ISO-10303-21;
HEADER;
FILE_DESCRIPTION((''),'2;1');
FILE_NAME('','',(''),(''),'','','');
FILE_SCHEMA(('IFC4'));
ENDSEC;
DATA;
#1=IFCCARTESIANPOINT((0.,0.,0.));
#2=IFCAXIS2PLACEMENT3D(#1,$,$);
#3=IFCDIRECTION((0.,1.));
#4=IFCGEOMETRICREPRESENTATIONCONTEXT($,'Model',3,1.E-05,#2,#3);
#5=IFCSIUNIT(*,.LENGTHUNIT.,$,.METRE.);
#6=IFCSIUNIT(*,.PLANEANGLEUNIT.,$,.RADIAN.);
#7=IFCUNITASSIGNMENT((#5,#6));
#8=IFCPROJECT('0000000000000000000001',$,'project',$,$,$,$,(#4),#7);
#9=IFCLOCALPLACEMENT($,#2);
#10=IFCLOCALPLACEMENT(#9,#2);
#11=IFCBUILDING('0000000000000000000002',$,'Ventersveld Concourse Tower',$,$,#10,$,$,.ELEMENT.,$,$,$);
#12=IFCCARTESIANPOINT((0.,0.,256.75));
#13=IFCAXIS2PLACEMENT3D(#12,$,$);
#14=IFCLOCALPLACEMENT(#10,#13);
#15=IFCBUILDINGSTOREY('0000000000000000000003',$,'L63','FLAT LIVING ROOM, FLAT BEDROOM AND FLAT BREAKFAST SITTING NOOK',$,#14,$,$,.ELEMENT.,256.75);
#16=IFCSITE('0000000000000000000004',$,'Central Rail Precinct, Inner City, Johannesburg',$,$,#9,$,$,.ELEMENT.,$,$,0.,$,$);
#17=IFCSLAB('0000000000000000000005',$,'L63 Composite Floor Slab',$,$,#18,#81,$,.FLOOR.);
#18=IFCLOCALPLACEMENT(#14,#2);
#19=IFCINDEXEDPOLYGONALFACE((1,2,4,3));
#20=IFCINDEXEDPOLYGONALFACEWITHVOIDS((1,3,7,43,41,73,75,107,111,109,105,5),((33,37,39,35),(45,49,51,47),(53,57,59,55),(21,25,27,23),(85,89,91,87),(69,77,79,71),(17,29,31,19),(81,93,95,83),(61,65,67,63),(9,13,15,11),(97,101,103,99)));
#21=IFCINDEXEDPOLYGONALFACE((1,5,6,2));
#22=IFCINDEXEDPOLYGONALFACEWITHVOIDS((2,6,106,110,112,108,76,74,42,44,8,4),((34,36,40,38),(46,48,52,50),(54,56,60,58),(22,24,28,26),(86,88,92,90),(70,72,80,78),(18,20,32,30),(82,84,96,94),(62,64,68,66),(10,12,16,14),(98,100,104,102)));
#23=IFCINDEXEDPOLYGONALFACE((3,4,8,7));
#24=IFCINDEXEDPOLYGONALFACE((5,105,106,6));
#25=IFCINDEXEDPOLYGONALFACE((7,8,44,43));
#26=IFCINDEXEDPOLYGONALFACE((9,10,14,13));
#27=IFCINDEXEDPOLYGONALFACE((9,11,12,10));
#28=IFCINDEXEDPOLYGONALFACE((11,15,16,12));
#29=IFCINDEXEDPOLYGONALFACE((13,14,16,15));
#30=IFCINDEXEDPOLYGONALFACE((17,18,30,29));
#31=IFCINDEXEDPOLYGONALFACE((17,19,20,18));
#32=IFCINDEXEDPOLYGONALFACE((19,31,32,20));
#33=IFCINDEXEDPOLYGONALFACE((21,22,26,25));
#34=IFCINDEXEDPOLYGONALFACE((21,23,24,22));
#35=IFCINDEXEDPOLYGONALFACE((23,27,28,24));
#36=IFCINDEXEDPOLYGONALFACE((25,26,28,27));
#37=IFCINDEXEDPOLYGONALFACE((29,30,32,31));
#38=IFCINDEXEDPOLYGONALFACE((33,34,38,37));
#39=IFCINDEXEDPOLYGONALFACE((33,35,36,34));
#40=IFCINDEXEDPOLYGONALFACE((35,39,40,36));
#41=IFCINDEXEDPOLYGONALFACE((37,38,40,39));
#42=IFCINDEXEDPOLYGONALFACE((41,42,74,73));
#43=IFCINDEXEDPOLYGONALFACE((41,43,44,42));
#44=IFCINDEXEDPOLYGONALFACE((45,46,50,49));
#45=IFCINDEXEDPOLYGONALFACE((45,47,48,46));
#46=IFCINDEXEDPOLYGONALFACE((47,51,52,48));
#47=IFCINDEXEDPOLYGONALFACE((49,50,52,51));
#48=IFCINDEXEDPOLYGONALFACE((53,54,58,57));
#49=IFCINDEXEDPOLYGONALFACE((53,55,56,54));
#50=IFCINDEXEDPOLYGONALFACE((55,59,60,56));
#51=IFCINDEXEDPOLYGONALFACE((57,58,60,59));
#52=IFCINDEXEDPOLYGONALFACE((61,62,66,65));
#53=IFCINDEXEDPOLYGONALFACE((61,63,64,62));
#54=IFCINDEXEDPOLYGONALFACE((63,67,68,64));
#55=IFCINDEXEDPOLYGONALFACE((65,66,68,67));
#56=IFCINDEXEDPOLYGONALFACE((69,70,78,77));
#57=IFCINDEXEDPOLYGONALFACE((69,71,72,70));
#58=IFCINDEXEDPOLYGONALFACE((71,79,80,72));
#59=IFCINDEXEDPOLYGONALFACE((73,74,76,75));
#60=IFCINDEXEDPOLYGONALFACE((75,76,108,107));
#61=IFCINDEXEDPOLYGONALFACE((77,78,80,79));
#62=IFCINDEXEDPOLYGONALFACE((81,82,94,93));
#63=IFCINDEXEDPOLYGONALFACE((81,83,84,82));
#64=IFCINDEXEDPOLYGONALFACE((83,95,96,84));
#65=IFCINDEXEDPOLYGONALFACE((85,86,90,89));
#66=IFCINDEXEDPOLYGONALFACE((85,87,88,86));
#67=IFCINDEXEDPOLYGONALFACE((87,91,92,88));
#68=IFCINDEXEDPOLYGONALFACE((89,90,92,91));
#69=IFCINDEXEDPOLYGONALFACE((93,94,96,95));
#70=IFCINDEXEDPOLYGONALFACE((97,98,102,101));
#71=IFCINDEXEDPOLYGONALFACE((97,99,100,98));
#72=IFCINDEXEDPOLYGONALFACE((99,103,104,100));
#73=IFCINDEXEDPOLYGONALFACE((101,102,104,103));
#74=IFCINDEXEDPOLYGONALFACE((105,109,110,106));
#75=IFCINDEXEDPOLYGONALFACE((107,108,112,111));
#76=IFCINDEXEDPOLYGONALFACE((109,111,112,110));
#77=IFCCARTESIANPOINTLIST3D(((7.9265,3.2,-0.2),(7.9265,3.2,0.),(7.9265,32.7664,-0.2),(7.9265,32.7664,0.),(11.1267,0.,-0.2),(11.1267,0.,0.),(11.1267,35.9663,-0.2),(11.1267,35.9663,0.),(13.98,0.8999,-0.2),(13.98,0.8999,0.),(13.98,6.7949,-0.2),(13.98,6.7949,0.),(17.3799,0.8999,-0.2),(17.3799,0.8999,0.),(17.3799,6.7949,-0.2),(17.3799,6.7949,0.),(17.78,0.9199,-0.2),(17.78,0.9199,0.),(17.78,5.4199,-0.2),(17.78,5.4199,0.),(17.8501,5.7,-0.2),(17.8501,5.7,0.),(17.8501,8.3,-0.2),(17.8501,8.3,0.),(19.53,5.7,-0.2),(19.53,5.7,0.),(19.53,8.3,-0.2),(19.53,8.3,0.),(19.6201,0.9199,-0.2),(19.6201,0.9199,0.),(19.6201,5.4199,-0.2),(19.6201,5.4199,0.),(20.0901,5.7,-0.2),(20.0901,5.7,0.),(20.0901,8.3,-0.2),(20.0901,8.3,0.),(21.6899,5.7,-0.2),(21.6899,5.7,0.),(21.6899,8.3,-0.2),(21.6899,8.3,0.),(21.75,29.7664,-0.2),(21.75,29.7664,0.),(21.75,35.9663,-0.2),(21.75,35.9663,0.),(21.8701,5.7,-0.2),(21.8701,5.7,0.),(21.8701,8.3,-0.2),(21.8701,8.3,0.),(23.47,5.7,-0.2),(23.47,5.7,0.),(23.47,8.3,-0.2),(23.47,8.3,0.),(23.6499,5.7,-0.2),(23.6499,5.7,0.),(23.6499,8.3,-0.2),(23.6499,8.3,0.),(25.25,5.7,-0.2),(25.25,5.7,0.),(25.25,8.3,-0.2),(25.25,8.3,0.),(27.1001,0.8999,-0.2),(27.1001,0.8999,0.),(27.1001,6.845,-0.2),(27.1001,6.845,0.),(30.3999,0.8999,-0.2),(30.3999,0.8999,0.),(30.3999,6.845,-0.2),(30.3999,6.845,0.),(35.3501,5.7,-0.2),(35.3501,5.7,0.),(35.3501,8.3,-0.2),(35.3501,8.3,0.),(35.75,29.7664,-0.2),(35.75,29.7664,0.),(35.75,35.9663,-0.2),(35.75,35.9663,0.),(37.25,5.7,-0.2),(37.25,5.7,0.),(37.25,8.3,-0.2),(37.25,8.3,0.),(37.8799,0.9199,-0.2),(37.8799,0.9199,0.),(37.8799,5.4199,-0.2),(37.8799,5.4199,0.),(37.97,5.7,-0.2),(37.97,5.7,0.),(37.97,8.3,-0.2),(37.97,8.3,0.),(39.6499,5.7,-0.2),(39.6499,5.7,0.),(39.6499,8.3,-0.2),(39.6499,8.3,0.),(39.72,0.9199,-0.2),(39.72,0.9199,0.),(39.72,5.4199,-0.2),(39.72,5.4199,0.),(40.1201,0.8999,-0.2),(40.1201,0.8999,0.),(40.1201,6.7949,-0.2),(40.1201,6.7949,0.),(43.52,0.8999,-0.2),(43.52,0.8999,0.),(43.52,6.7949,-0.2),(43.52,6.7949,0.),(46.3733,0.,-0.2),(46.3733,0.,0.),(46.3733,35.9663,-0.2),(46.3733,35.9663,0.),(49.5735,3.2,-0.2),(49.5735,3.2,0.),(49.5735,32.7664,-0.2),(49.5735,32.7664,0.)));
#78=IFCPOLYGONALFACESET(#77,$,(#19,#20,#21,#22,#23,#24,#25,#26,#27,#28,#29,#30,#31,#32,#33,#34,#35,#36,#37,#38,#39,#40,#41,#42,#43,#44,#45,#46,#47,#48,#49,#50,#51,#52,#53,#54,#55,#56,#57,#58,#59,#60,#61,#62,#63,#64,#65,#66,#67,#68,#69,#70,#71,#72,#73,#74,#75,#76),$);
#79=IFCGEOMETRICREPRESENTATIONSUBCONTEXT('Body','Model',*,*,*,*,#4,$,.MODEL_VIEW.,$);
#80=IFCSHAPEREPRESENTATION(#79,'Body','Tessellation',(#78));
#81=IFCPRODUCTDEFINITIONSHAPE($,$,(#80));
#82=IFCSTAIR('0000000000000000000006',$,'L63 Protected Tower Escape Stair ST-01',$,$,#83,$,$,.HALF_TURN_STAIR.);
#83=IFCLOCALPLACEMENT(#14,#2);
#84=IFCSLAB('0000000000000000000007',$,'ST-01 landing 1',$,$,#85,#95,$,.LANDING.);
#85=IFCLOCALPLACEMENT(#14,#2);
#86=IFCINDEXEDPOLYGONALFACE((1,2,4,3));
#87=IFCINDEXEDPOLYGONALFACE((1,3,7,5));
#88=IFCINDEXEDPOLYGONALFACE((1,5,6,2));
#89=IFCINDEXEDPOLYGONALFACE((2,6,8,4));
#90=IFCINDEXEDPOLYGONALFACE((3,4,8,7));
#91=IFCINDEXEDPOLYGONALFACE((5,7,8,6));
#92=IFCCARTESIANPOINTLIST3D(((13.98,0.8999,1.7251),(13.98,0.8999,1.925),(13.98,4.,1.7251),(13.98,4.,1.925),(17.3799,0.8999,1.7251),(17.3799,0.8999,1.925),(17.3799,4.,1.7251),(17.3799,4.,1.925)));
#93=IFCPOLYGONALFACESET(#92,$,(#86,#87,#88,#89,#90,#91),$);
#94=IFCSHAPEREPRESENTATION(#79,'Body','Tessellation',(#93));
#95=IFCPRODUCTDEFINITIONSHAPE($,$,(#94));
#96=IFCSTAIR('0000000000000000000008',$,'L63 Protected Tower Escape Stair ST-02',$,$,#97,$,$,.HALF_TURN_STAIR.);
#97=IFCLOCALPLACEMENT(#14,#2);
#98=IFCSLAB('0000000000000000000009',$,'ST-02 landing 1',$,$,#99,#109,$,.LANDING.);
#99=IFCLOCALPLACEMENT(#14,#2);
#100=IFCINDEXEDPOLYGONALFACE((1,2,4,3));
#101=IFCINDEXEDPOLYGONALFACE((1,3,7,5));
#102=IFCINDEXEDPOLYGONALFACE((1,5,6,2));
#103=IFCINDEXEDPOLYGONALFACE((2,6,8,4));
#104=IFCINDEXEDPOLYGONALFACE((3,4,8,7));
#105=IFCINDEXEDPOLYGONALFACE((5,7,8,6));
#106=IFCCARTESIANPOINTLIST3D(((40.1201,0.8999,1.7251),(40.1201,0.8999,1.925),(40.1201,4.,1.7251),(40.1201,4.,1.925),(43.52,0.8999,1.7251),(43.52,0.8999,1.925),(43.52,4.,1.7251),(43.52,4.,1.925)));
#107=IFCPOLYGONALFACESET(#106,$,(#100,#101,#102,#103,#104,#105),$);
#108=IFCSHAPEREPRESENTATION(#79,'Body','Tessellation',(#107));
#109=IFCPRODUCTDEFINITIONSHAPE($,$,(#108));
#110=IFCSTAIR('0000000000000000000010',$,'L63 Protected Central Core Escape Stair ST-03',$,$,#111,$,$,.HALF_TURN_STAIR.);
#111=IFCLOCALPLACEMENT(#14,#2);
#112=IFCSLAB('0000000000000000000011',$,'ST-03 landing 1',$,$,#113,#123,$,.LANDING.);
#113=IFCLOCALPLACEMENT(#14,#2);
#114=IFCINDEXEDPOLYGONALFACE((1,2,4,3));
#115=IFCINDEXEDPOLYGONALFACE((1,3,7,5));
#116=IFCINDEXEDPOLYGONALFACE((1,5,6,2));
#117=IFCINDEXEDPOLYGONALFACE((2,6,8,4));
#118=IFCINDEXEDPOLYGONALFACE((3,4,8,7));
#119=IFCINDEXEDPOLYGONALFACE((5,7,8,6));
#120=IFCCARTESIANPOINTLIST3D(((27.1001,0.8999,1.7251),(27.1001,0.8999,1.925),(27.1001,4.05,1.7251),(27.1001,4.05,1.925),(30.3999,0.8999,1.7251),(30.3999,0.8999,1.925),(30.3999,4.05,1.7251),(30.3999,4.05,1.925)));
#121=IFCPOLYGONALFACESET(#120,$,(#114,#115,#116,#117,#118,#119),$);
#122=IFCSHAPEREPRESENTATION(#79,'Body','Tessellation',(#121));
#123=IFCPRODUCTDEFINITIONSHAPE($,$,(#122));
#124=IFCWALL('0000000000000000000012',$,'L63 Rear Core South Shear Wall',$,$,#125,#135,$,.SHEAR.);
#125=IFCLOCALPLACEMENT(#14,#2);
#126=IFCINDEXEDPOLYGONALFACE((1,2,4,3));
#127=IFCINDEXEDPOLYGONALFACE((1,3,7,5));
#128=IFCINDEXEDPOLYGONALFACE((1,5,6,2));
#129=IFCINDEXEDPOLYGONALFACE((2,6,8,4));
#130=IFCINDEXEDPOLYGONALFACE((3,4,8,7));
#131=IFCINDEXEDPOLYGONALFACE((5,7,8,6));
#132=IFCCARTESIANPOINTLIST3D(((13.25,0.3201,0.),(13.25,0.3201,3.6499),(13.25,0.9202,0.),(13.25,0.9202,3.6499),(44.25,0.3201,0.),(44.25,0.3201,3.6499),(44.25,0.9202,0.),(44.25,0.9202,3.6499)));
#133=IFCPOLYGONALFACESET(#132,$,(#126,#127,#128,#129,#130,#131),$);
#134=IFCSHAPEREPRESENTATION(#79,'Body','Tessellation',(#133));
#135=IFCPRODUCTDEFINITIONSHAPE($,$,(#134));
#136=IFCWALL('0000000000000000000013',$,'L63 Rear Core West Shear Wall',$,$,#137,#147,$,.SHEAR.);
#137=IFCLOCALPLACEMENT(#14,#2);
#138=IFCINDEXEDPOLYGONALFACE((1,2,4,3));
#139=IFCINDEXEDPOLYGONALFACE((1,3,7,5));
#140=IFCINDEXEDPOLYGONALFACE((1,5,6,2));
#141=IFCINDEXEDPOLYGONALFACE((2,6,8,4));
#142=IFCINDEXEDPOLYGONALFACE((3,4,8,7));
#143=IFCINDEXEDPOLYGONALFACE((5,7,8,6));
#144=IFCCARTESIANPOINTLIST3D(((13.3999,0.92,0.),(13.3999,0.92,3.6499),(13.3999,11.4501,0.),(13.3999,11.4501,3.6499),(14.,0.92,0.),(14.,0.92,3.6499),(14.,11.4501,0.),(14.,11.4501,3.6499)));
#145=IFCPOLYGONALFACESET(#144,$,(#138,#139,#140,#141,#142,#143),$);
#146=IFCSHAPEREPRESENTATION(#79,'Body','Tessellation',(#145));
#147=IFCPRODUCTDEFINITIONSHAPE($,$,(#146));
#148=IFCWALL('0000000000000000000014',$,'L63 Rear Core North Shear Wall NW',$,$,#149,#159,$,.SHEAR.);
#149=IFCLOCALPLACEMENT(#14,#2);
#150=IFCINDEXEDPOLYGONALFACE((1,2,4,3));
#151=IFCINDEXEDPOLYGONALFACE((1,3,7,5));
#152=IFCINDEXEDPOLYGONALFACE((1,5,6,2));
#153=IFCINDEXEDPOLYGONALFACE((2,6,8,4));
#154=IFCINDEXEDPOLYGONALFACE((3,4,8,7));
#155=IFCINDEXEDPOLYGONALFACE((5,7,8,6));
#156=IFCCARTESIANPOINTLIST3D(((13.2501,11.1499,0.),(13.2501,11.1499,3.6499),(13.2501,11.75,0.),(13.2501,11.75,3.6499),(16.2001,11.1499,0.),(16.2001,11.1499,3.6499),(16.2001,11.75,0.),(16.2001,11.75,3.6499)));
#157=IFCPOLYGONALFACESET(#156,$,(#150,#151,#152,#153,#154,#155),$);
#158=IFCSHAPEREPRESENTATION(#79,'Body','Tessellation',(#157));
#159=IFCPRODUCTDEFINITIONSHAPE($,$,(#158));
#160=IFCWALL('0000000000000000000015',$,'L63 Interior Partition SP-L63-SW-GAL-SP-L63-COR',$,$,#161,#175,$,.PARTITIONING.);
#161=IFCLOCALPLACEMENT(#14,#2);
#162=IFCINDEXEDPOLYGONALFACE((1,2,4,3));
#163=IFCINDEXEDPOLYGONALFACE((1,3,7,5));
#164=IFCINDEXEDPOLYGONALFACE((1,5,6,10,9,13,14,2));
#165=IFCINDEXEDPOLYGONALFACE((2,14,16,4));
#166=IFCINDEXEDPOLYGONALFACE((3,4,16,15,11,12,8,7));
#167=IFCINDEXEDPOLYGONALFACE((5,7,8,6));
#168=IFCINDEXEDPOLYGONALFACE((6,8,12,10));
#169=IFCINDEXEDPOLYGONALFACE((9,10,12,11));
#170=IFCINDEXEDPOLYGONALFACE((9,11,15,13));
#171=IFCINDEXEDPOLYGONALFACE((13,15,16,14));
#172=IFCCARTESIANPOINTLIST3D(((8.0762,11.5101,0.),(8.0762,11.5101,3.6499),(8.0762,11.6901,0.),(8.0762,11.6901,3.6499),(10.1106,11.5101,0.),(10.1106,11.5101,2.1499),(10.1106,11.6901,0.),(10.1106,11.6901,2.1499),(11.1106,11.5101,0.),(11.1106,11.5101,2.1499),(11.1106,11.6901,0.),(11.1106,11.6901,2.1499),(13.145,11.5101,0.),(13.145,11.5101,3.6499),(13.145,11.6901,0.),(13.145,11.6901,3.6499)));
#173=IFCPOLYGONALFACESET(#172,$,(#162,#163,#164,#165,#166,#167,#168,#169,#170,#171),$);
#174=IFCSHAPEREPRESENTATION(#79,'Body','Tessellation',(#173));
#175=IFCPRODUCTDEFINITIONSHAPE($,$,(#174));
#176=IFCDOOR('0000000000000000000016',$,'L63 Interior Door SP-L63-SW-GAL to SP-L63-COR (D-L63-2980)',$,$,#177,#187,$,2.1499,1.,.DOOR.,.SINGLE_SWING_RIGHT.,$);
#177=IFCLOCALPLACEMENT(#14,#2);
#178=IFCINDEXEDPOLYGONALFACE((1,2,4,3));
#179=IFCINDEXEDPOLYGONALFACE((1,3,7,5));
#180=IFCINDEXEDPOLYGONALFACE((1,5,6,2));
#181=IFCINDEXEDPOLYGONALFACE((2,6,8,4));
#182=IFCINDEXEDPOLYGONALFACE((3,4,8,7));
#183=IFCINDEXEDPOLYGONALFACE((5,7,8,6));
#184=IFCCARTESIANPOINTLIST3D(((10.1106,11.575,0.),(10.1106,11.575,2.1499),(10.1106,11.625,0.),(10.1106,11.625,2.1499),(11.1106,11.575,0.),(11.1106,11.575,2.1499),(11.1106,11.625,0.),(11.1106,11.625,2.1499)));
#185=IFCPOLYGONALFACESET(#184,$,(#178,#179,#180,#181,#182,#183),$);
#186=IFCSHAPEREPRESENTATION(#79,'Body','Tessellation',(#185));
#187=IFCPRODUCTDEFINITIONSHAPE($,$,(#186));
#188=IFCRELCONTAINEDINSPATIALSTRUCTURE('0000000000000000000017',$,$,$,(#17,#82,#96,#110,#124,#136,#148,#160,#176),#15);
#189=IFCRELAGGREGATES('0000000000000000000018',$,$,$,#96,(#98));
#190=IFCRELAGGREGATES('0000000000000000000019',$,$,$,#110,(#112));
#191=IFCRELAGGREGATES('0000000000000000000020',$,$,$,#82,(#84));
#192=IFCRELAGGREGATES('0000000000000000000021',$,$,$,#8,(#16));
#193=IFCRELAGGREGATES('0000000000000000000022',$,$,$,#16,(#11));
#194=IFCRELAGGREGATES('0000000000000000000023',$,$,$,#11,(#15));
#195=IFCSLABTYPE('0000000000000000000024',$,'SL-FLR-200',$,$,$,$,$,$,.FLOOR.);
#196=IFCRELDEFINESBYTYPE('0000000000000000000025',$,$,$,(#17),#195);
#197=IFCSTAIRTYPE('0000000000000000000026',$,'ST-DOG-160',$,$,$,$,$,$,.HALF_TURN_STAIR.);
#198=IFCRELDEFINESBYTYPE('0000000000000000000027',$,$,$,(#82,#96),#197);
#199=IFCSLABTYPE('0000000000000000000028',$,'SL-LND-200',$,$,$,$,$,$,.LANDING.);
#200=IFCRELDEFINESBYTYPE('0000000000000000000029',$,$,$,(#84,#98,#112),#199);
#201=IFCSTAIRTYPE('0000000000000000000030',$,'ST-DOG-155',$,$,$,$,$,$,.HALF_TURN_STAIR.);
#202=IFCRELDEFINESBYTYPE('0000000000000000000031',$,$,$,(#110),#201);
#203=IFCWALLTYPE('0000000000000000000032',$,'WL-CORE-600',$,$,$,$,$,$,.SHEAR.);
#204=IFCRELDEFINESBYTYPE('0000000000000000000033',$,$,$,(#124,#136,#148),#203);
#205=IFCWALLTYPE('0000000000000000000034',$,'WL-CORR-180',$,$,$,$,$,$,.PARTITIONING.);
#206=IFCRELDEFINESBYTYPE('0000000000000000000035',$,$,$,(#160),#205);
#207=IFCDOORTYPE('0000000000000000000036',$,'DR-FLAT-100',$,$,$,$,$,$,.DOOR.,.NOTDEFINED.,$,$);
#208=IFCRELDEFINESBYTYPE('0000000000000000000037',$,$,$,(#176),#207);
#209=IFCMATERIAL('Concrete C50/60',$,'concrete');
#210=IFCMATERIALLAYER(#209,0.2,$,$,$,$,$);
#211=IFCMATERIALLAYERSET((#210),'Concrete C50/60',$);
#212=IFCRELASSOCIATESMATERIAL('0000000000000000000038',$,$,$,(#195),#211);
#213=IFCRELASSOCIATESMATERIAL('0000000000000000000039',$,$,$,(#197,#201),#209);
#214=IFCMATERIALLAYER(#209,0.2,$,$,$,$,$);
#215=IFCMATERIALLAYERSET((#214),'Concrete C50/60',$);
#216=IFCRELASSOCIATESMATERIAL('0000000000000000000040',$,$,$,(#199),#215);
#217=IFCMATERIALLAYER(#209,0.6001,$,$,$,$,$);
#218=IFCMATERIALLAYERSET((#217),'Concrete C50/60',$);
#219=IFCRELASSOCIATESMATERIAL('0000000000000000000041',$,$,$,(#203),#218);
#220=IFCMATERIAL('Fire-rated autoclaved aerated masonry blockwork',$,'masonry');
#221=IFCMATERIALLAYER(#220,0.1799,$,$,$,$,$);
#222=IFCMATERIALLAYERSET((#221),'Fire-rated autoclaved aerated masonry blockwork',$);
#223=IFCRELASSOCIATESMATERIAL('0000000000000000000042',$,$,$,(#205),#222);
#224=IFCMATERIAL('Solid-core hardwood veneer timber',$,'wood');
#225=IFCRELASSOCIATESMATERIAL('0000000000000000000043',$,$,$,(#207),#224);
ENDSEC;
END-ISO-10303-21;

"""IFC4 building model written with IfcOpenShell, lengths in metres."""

from ifc_helpers import new_model, si_unit, direction, frame, frame_2d, origin, place, context, subcontext, project, spatial, polyline, rectangle, outline, extrude, material, layer, layer_set, type_object, element, fill, aggregate, save


model = new_model("IFC4")

# Units and contexts
model_context = context("Model", 3, precision=1e-05, world=origin(), true_north=direction((0.0, 1.0)))
body_context = subcontext(model_context, "Body", "Model", "MODEL_VIEW")
ifc_project = project(units=[si_unit("LENGTHUNIT", "METRE"), si_unit("PLANEANGLEUNIT", "RADIAN")], contexts=[model_context])

# Site, building, storey
site_placement = place(None, origin())
site = spatial("IfcSite", under=ifc_project, at=site_placement, Name="Central Rail Precinct, Inner City, Johannesburg", CompositionType="ELEMENT", RefElevation=0.0)
building_placement = place(site_placement, origin())
building = spatial("IfcBuilding", under=site, at=building_placement, Name="Ventersveld Concourse Tower", CompositionType="ELEMENT")
storey_placement = place(building_placement, frame((0.0, 0.0, 256.75)))
storey = spatial("IfcBuildingStorey", under=building, at=storey_placement, Name="L63", Description="FLAT LIVING ROOM, FLAT BEDROOM AND FLAT BREAKFAST SITTING NOOK", CompositionType="ELEMENT", Elevation=256.75)

# Shared definitions
ifc_material_1 = material(Name="Concrete C50/60", Category="concrete")

# Slab
ifc_layer_1 = layer(ifc_material_1, 0.2)
ifc_layer_set_1 = layer_set([ifc_layer_1], Name="Concrete C50/60")
slab_type_1 = type_object("IfcSlabType", Name="SL-FLR-200", PredefinedType="FLOOR", material=ifc_layer_set_1)
slab_1_placement = place(storey_placement, frame((0.0, 0.0, -0.2)))
element("IfcSlab", 1, at=slab_1_placement, inside=storey, type_object=slab_type_1, Name="L63 Composite Floor Slab", PredefinedType="FLOOR", context=body_context, shape_type="SweptSolid", body=[
    extrude(outline(polyline([(11.1267, 0.0), (46.3733, 0.0), (49.5735, 3.2), (49.5735, 32.7664), (46.3733, 35.9663), (35.75, 35.9663), (35.75, 29.7664), (21.75, 29.7664), (21.75, 35.9663), (11.1267, 35.9663), (7.9265, 32.7664), (7.9265, 3.2), (11.1267, 0.0)]), holes=[polyline([(13.98, 6.7949), (13.98, 0.8999), (17.3799, 0.8999), (17.3799, 6.7949), (13.98, 6.7949)]), polyline([(40.1201, 6.7949), (40.1201, 0.8999), (43.52, 0.8999), (43.52, 6.7949), (40.1201, 6.7949)]), polyline([(27.1001, 6.845), (27.1001, 0.8999), (30.3999, 0.8999), (30.3999, 6.845), (27.1001, 6.845)]), polyline([(17.8501, 5.7), (19.53, 5.7), (19.53, 8.3), (17.8501, 8.3), (17.8501, 5.7)]), polyline([(37.97, 5.7), (39.6499, 5.7), (39.6499, 8.3), (37.97, 8.3), (37.97, 5.7)]), polyline([(35.3501, 5.7), (37.25, 5.7), (37.25, 8.3), (35.3501, 8.3), (35.3501, 5.7)]), polyline([(20.0901, 5.7), (21.6899, 5.7), (21.6899, 8.3), (20.0901, 8.3), (20.0901, 5.7)]), polyline([(21.8701, 5.7), (23.47, 5.7), (23.47, 8.3), (21.8701, 8.3), (21.8701, 5.7)]), polyline([(23.6499, 5.7), (25.25, 5.7), (25.25, 8.3), (23.6499, 8.3), (23.6499, 5.7)]), polyline([(17.78, 0.9199), (19.6201, 0.9199), (19.6201, 5.4199), (17.78, 5.4199), (17.78, 0.9199)]), polyline([(37.8799, 0.9199), (39.72, 0.9199), (39.72, 5.4199), (37.8799, 5.4199), (37.8799, 0.9199)])]), origin(), (0.0, 0.0, 1.0), 0.2),
])

# Stairs, slabs
stair_type_1 = type_object("IfcStairType", Name="ST-DOG-160", PredefinedType="HALF_TURN_STAIR", material=ifc_material_1)
stair_1_placement = place(storey_placement, origin())
stair_1 = element("IfcStair", 2, at=stair_1_placement, inside=storey, type_object=stair_type_1, Name="L63 Protected Tower Escape Stair ST-01", PredefinedType="HALF_TURN_STAIR")
ifc_layer_2 = layer(ifc_material_1, 0.2)
ifc_layer_set_2 = layer_set([ifc_layer_2], Name="Concrete C50/60")
slab_type_2 = type_object("IfcSlabType", Name="SL-LND-200", PredefinedType="LANDING", material=ifc_layer_set_2)
slab_2_placement = place(storey_placement, frame((0.0, 0.0, 1.7251)))
slab_2 = element("IfcSlab", 3, at=slab_2_placement, type_object=slab_type_2, Name="ST-01 landing 1", PredefinedType="LANDING", context=body_context, shape_type="SweptSolid", body=[
    extrude(outline(polyline([(13.98, 4.0), (13.98, 0.8999), (17.3799, 0.8999), (17.3799, 4.0), (13.98, 4.0)])), origin(), (0.0, 0.0, 1.0), 0.2),
])
stair_2_placement = place(storey_placement, origin())
stair_2 = element("IfcStair", 4, at=stair_2_placement, inside=storey, type_object=stair_type_1, Name="L63 Protected Tower Escape Stair ST-02", PredefinedType="HALF_TURN_STAIR")
slab_3_placement = place(storey_placement, frame((0.0, 0.0, 1.7251)))
slab_3 = element("IfcSlab", 5, at=slab_3_placement, type_object=slab_type_2, Name="ST-02 landing 1", PredefinedType="LANDING", context=body_context, shape_type="SweptSolid", body=[
    extrude(outline(polyline([(40.1201, 4.0), (40.1201, 0.8999), (43.52, 0.8999), (43.52, 4.0), (40.1201, 4.0)])), origin(), (0.0, 0.0, 1.0), 0.2),
])
aggregate(stair_2, [slab_3])
stair_type_2 = type_object("IfcStairType", Name="ST-DOG-155", PredefinedType="HALF_TURN_STAIR", material=ifc_material_1)
stair_3_placement = place(storey_placement, origin())
stair_3 = element("IfcStair", 6, at=stair_3_placement, inside=storey, type_object=stair_type_2, Name="L63 Protected Central Core Escape Stair ST-03", PredefinedType="HALF_TURN_STAIR")
slab_4_placement = place(storey_placement, frame((0.0, 0.0, 1.7251)))
slab_4 = element("IfcSlab", 7, at=slab_4_placement, type_object=slab_type_2, Name="ST-03 landing 1", PredefinedType="LANDING", context=body_context, shape_type="SweptSolid", body=[
    extrude(outline(polyline([(27.1001, 4.05), (27.1001, 0.8999), (30.3999, 0.8999), (30.3999, 4.05), (27.1001, 4.05)])), origin(), (0.0, 0.0, 1.0), 0.2),
])
aggregate(stair_3, [slab_4])

# Walls
ifc_layer_3 = layer(ifc_material_1, 0.6001)
ifc_layer_set_3 = layer_set([ifc_layer_3], Name="Concrete C50/60")
wall_type_1 = type_object("IfcWallType", Name="WL-CORE-600", PredefinedType="SHEAR", material=ifc_layer_set_3)
wall_1_placement = place(storey_placement, frame((13.25, 0.6201, 0.0), z_axis=(0.0, 0.0, 1.0), x_axis=(1.0, 0.0, 0.0)))
element("IfcWall", 8, at=wall_1_placement, inside=storey, type_object=wall_type_1, Name="L63 Rear Core South Shear Wall", PredefinedType="SHEAR", context=body_context, shape_type="SweptSolid", body=[
    extrude(rectangle(XDim=31.0, YDim=0.6001, at=frame_2d((15.5, 0.0))), origin(), (0.0, 0.0, 1.0), 3.6499),
])
wall_2_placement = place(storey_placement, frame((13.7, 0.9199, 0.0), z_axis=(0.0, 0.0, 1.0), x_axis=(0.0, 1.0, 0.0)))
element("IfcWall", 9, at=wall_2_placement, inside=storey, type_object=wall_type_1, Name="L63 Rear Core West Shear Wall", PredefinedType="SHEAR", context=body_context, shape_type="SweptSolid", body=[
    extrude(rectangle(XDim=10.53, YDim=0.6001, at=frame_2d((5.2651, 0.0))), origin(), (0.0, 0.0, 1.0), 3.6499),
])
wall_3_placement = place(storey_placement, frame((13.25, 11.45, 0.0), z_axis=(0.0, 0.0, 1.0), x_axis=(1.0, 0.0, 0.0)))
element("IfcWall", 10, at=wall_3_placement, inside=storey, type_object=wall_type_1, Name="L63 Rear Core North Shear Wall NW", PredefinedType="SHEAR", context=body_context, shape_type="SweptSolid", body=[
    extrude(rectangle(XDim=2.95, YDim=0.6001, at=frame_2d((1.4751, 0.0))), origin(), (0.0, 0.0, 1.0), 3.6499),
])

# Wall, opening, door
ifc_material_2 = material(Name="Fire-rated autoclaved aerated masonry blockwork", Category="masonry")
ifc_layer_4 = layer(ifc_material_2, 0.1799)
ifc_layer_set_4 = layer_set([ifc_layer_4], Name="Fire-rated autoclaved aerated masonry blockwork")
wall_type_2 = type_object("IfcWallType", Name="WL-CORR-180", PredefinedType="PARTITIONING", material=ifc_layer_set_4)
wall_4_placement = place(storey_placement, frame((8.0762, 11.6001, 0.0), z_axis=(0.0, 0.0, 1.0), x_axis=(1.0, 0.0, 0.0)))
wall_4 = element("IfcWall", 11, at=wall_4_placement, inside=storey, type_object=wall_type_2, Name="L63 Interior Partition SP-L63-SW-GAL-SP-L63-COR", PredefinedType="PARTITIONING", context=body_context, shape_type="SweptSolid", body=[
    extrude(rectangle(XDim=5.0688, YDim=0.1799, at=frame_2d((2.5344, 0.0))), origin(), (0.0, 0.0, 1.0), 3.6499),
])
opening_1_placement = place(wall_4_placement, frame((2.0344, 0.0, 0.0)))
opening_1 = element("IfcOpeningElement", 12, at=opening_1_placement, cuts=wall_4, PredefinedType="OPENING", context=body_context, shape_type="SweptSolid", body=[
    extrude(rectangle(XDim=1.0, YDim=2.1499, at=frame_2d((0.5, 1.075))), frame((0.0, 0.1001, 0.0), z_axis=(0.0, -1.0, 0.0), x_axis=(1.0, 0.0, 0.0)), (0.0, 0.0, 1.0), 0.2),
])
ifc_material_3 = material(Name="Solid-core hardwood veneer timber", Category="wood")
door_type_1 = type_object("IfcDoorType", Name="DR-FLAT-100", OperationType="NOTDEFINED", PredefinedType="DOOR", material=ifc_material_3)
door_1_placement = place(opening_1_placement, origin())
door_1 = element("IfcDoor", 13, at=door_1_placement, inside=storey, type_object=door_type_1, Name="L63 Interior Door SP-L63-SW-GAL to SP-L63-COR (D-L63-2980)", OperationType="SINGLE_SWING_RIGHT", OverallHeight=2.1499, OverallWidth=1.0, PredefinedType="DOOR", context=body_context, shape_type="SweptSolid", body=[
    extrude(rectangle(XDim=1.0, YDim=2.1499, at=frame_2d((0.5, 1.075))), frame((0.0, 0.0249, 0.0), z_axis=(0.0, -1.0, 0.0), x_axis=(1.0, 0.0, 0.0)), (0.0, 0.0, 1.0), 0.05),
])
fill(opening_1, door_1)

aggregate(stair_1, [slab_2])

save(model, "model.ifc")
